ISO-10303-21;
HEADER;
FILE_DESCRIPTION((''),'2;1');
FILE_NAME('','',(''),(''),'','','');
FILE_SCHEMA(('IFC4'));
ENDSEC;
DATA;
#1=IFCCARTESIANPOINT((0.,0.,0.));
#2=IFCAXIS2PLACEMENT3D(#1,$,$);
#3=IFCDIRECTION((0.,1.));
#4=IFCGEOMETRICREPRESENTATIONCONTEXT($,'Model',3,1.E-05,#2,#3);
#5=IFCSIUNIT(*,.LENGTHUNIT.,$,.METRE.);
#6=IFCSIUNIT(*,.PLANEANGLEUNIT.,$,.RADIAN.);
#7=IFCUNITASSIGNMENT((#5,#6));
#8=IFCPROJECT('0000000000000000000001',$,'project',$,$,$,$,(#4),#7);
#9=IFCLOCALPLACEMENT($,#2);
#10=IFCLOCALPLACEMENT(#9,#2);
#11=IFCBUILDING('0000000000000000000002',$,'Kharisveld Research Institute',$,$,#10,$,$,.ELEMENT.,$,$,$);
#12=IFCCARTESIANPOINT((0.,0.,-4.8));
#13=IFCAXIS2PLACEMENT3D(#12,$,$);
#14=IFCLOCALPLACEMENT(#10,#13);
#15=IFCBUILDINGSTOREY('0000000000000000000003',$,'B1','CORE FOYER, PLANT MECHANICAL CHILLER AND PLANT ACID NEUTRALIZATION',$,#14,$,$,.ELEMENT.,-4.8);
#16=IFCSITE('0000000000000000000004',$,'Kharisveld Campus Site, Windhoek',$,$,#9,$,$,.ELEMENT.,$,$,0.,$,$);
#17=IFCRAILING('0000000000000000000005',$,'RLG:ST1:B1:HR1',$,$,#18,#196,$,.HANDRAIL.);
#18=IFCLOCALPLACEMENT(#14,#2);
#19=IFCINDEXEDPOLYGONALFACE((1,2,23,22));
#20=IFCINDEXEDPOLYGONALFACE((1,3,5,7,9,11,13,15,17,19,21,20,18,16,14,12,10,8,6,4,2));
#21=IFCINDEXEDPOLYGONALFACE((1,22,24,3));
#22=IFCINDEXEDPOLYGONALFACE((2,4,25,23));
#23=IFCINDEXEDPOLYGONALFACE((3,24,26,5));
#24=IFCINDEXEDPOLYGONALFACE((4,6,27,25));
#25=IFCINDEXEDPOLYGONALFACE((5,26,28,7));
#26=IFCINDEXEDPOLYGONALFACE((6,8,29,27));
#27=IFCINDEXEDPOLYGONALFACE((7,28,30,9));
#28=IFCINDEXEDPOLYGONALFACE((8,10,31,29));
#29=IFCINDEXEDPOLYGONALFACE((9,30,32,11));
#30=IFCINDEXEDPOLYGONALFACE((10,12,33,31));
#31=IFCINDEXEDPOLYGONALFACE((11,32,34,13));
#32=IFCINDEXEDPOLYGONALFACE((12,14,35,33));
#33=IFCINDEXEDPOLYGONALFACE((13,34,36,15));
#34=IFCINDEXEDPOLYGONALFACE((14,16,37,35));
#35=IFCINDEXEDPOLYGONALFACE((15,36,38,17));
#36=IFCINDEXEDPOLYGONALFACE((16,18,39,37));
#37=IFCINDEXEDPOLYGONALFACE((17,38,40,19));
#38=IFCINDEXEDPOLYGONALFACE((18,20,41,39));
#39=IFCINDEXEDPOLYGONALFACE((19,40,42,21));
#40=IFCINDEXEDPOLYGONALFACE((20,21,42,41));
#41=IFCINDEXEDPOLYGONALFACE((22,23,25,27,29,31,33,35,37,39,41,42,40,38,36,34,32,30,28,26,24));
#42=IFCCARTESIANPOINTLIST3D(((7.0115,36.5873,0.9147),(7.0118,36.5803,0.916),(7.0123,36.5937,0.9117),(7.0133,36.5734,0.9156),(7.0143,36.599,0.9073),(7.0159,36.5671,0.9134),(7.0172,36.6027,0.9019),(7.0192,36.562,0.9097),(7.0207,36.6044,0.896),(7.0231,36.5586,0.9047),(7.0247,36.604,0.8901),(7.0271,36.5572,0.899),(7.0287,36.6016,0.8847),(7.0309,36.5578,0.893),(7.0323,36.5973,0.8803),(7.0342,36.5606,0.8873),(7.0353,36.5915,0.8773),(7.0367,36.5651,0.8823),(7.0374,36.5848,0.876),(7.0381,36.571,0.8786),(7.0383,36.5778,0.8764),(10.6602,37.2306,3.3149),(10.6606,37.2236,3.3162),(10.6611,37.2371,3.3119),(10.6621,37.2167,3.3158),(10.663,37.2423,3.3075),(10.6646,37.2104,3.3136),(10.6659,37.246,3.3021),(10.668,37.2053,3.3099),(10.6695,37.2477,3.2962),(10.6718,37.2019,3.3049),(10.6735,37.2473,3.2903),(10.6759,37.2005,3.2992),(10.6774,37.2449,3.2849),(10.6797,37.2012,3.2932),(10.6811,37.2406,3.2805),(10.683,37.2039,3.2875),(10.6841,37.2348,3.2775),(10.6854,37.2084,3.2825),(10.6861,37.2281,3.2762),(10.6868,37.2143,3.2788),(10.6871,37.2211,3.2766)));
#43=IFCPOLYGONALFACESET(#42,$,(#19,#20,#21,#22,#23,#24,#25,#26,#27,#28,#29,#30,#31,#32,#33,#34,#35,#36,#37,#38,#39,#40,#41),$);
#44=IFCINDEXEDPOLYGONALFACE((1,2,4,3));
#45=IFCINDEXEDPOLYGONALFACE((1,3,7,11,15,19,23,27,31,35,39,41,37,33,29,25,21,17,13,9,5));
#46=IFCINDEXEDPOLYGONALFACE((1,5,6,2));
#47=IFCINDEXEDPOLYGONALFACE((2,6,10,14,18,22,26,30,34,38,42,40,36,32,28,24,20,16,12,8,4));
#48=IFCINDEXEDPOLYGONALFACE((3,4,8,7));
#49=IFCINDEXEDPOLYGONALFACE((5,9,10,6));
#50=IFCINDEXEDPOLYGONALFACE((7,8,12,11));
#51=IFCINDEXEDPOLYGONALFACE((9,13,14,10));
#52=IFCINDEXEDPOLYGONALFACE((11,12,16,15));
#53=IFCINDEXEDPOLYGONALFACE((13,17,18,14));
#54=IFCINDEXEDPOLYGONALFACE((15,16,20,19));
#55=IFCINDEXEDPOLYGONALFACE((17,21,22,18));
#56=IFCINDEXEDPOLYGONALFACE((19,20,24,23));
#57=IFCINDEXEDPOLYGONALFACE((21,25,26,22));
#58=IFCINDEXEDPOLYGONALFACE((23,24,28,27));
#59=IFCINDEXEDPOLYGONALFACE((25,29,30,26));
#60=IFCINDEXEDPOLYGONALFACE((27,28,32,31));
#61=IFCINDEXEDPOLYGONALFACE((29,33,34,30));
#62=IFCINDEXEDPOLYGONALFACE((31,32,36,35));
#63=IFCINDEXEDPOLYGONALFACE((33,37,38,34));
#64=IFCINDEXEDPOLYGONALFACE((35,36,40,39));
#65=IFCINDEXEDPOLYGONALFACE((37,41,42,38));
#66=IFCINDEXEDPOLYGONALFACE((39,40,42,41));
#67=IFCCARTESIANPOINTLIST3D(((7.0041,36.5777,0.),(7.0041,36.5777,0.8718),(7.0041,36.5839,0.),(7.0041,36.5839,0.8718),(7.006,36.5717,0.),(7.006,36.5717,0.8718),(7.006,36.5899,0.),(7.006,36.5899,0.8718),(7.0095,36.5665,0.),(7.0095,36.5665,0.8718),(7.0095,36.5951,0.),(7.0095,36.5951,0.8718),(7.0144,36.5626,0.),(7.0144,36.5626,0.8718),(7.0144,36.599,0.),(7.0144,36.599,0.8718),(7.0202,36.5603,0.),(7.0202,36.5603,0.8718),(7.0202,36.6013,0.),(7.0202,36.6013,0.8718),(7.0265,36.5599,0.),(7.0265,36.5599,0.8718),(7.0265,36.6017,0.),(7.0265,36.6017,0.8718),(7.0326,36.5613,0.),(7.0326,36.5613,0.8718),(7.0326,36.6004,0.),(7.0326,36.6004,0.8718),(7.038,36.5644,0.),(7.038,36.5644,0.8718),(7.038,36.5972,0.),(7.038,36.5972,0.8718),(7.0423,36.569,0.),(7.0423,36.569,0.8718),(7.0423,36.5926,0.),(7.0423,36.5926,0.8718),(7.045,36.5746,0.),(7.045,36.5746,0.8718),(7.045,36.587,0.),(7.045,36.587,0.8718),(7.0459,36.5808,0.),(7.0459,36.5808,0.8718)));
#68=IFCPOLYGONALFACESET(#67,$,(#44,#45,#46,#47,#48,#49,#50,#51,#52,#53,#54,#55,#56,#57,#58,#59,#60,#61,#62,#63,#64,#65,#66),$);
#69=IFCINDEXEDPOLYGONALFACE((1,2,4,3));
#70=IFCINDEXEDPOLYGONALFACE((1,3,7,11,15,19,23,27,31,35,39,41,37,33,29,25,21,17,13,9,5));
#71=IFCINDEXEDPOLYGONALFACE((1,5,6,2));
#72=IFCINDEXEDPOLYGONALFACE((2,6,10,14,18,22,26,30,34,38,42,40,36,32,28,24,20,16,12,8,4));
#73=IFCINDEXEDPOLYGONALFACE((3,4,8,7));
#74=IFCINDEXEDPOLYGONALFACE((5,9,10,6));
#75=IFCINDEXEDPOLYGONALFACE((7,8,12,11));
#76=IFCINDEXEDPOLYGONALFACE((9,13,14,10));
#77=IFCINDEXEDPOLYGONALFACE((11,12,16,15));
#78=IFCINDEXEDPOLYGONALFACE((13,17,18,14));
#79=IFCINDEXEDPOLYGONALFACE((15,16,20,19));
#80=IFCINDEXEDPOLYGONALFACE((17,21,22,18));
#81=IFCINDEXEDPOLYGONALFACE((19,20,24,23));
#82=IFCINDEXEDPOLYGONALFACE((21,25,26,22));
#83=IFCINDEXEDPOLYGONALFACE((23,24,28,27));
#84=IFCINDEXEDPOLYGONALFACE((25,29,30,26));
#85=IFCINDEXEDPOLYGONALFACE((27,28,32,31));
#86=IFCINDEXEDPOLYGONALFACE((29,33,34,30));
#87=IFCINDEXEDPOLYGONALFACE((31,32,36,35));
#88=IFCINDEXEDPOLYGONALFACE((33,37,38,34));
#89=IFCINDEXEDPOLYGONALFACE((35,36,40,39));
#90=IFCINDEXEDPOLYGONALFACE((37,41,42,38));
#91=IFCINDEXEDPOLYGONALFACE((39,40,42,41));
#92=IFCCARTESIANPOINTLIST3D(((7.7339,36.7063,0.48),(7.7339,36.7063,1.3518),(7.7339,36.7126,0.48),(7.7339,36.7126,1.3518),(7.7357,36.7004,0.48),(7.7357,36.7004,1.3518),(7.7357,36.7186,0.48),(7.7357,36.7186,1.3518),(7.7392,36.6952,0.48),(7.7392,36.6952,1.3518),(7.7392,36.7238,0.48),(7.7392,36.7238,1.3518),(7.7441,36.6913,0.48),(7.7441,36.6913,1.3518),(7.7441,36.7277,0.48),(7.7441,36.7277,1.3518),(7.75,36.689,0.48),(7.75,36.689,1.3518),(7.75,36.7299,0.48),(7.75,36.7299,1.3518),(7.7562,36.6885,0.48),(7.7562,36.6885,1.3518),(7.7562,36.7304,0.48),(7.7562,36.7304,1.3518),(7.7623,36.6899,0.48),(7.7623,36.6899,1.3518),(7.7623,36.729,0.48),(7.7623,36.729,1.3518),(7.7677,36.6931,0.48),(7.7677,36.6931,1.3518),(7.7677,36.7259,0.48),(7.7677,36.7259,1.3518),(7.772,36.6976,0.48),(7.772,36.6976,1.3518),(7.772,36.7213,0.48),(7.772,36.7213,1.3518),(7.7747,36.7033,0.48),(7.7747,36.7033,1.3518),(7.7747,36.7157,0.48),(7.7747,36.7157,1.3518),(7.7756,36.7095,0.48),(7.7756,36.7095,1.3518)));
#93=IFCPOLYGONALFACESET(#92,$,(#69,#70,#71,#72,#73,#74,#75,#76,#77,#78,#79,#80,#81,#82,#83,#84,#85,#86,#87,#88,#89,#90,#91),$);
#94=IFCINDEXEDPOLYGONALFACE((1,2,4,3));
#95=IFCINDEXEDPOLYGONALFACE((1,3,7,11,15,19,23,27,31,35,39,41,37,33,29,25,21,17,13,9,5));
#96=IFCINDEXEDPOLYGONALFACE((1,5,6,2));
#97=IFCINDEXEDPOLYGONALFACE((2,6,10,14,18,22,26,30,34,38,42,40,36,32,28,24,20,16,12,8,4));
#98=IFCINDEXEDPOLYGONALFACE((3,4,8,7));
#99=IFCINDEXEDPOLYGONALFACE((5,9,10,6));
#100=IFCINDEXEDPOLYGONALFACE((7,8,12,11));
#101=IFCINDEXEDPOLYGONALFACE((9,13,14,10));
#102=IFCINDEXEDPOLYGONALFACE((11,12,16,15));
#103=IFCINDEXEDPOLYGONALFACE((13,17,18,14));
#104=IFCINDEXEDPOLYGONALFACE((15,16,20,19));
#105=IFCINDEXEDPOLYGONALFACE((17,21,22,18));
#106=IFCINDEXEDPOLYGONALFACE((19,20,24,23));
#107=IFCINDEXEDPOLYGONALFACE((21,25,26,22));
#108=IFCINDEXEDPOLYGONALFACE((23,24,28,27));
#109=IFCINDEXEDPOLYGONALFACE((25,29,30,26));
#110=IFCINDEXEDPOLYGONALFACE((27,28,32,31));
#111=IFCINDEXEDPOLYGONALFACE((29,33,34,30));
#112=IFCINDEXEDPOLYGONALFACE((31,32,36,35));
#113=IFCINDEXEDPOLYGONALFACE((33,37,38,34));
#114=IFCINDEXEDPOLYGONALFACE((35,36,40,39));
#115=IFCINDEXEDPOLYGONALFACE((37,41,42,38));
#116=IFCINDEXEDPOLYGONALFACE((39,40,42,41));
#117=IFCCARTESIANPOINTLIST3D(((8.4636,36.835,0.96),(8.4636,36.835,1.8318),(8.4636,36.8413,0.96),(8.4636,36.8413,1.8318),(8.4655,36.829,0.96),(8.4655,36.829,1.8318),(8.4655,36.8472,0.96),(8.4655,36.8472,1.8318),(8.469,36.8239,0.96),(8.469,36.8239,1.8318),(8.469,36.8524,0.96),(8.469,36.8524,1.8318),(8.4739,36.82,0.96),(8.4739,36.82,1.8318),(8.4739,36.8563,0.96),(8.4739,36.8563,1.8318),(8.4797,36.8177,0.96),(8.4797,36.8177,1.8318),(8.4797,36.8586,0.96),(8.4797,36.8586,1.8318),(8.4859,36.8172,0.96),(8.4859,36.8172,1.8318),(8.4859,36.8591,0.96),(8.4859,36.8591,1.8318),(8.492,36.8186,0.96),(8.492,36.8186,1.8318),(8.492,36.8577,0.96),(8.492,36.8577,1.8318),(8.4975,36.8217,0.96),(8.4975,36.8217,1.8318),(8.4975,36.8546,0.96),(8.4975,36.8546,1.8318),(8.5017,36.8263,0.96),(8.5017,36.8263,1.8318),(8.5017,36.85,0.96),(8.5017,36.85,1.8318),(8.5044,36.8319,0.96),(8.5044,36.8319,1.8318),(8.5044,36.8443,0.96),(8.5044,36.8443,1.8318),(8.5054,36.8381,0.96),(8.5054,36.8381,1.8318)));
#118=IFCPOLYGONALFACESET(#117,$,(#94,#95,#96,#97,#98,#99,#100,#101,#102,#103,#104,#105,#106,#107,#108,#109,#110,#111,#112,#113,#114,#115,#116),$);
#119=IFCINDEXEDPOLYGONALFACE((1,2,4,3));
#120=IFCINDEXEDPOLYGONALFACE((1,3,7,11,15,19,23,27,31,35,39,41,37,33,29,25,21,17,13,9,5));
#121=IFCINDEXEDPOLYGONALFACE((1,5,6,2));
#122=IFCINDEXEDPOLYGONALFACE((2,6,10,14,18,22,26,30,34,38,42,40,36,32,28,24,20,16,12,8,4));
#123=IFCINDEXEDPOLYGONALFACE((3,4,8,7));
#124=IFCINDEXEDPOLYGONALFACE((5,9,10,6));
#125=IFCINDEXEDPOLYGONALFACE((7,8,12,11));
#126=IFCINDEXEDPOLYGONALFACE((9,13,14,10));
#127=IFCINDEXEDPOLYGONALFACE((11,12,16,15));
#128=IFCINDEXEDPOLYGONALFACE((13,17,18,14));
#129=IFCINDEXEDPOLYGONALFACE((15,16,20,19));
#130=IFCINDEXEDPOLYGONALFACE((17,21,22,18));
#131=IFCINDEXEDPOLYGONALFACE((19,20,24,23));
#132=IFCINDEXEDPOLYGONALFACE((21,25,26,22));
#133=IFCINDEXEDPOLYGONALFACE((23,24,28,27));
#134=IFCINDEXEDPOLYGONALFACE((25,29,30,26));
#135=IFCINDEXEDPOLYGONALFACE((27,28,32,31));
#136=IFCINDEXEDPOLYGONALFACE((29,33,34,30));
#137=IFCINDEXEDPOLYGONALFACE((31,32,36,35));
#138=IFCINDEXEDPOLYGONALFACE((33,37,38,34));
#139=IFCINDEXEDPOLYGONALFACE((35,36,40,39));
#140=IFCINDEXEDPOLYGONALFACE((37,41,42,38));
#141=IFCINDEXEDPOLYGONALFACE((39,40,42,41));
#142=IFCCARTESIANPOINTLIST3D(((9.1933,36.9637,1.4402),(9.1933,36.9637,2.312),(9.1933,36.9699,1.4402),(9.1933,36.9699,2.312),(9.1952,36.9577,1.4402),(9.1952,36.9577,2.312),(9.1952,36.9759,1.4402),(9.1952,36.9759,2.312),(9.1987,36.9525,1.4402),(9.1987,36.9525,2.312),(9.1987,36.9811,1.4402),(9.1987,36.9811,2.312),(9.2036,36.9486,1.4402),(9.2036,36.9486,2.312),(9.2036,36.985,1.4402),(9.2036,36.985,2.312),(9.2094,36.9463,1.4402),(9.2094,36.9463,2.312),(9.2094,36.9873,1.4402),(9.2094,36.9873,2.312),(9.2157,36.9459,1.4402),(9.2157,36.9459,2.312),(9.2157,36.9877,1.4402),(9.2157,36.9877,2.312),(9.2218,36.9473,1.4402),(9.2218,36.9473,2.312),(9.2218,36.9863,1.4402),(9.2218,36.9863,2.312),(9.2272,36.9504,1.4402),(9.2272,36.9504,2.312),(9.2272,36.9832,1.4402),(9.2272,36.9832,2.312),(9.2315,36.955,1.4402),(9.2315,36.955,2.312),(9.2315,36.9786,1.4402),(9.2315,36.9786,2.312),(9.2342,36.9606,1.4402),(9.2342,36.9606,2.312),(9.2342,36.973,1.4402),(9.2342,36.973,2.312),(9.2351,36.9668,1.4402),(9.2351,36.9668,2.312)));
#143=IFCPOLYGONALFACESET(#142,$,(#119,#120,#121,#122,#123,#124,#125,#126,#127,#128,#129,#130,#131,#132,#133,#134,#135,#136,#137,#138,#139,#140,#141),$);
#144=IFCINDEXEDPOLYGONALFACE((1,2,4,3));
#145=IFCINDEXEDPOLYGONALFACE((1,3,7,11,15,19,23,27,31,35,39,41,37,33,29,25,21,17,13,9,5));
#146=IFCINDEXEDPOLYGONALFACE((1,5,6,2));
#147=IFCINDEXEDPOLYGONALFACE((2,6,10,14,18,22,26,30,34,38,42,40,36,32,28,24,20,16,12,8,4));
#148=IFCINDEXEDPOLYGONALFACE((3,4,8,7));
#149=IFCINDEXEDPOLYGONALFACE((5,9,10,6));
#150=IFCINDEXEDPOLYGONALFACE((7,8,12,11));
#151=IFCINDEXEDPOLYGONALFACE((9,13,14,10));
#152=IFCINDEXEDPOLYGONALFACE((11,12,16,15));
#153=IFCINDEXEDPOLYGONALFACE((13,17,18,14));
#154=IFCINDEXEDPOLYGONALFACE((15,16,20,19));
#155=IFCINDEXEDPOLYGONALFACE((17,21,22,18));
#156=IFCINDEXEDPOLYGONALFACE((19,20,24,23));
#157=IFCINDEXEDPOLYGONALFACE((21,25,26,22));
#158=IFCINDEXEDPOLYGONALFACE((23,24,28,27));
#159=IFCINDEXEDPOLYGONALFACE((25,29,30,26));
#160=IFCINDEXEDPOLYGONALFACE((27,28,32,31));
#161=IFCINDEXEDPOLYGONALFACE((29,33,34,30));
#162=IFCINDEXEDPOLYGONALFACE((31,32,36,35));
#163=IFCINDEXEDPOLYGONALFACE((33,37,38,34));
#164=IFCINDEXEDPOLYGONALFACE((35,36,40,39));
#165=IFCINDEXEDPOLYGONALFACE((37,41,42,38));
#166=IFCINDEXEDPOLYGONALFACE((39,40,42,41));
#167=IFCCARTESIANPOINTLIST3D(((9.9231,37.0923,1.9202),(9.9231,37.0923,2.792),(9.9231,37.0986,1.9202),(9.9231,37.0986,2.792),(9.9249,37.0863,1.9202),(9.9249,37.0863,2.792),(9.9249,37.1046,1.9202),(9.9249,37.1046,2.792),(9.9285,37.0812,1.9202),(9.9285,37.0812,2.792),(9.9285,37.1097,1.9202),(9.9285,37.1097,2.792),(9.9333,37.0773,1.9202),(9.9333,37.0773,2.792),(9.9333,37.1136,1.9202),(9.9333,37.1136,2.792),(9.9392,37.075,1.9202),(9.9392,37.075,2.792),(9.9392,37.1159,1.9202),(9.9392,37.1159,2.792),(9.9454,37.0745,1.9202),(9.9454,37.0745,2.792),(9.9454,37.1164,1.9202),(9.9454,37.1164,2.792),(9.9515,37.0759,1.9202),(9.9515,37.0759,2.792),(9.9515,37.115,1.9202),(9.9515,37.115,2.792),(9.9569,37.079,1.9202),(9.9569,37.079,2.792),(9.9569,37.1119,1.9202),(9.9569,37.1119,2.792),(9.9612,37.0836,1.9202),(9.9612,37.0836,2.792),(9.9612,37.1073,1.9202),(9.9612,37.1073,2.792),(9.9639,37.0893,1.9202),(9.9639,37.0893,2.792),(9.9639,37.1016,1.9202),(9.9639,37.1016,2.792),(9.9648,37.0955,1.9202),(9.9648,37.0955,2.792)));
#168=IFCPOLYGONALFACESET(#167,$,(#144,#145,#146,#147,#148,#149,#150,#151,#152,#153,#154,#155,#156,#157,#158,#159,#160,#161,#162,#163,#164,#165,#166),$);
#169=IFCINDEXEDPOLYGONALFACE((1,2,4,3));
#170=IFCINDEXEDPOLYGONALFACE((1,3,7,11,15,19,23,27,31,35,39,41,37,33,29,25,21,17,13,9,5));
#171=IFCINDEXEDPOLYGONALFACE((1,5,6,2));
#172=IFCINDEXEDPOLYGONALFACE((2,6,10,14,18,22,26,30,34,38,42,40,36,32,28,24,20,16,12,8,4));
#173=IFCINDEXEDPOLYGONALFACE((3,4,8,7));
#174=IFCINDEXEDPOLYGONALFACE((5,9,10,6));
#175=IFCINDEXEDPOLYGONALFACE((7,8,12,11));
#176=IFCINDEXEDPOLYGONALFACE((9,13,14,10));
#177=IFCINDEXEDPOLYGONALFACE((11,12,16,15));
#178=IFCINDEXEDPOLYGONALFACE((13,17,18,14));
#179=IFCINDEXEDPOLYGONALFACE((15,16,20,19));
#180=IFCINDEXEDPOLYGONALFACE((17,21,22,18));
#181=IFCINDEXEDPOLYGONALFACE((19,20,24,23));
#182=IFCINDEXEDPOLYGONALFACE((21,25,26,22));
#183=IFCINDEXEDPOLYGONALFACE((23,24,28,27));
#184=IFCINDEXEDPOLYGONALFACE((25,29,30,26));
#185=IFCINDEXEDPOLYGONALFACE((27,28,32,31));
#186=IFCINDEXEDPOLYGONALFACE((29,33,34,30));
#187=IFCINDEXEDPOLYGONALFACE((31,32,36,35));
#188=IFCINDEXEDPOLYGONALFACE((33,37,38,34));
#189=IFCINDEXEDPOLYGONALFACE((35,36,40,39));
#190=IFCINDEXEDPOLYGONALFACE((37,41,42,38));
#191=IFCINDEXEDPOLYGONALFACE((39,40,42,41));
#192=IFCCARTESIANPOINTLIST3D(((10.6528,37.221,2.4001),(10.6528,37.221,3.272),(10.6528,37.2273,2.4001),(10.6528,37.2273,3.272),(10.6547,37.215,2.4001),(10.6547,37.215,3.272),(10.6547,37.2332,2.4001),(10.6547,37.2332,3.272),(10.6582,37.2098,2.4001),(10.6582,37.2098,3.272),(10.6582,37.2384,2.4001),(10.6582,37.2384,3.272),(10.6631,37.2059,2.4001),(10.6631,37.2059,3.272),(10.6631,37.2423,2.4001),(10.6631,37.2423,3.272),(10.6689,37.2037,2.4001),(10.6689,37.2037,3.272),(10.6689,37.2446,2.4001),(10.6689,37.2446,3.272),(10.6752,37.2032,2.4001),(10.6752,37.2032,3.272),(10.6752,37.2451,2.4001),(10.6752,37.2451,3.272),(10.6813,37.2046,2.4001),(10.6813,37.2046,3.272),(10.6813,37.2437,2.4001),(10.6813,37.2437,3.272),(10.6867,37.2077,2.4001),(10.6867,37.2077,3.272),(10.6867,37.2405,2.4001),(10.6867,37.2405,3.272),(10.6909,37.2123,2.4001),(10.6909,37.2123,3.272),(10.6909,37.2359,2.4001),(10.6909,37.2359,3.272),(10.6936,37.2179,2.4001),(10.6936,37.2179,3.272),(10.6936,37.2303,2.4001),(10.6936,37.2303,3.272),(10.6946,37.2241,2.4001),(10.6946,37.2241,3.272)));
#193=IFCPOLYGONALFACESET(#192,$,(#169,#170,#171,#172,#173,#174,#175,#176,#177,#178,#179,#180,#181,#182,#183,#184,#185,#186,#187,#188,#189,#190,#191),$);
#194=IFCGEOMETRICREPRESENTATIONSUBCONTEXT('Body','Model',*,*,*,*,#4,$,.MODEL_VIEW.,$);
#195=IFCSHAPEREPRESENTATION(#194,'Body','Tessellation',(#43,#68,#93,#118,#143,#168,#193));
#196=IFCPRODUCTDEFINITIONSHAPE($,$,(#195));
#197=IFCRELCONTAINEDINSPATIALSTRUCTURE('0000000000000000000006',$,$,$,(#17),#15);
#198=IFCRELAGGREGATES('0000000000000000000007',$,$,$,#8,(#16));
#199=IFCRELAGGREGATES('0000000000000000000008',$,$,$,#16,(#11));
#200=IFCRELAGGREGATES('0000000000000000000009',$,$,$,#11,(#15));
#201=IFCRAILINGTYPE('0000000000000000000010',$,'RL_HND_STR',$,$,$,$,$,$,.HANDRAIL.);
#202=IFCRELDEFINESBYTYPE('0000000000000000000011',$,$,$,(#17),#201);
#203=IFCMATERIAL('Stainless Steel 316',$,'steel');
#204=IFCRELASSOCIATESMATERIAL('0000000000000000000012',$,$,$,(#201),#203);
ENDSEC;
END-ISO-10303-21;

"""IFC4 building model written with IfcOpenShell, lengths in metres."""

from ifc_helpers import new_model, si_unit, direction, frame, origin, origin_2d, place, context, subcontext, project, spatial, circle, extrude, material, type_object, element, save


model = new_model("IFC4")

# Units and contexts
model_context = context("Model", 3, precision=1e-05, world=origin(), true_north=direction((0.0, 1.0)))
body_context = subcontext(model_context, "Body", "Model", "MODEL_VIEW")
ifc_project = project(units=[si_unit("LENGTHUNIT", "METRE"), si_unit("PLANEANGLEUNIT", "RADIAN")], contexts=[model_context])

# Site, building, storey
site_placement = place(None, origin())
site = spatial("IfcSite", under=ifc_project, at=site_placement, Name="Kharisveld Campus Site, Windhoek", CompositionType="ELEMENT", RefElevation=0.0)
building_placement = place(site_placement, origin())
building = spatial("IfcBuilding", under=site, at=building_placement, Name="Kharisveld Research Institute", CompositionType="ELEMENT")
storey_placement = place(building_placement, frame((0.0, 0.0, -4.8)))
storey = spatial("IfcBuildingStorey", under=building, at=storey_placement, Name="B1", Description="CORE FOYER, PLANT MECHANICAL CHILLER AND PLANT ACID NEUTRALIZATION", CompositionType="ELEMENT", Elevation=-4.8)

# Railing
ifc_material_1 = material(Name="Stainless Steel 316", Category="steel")
railing_type_1 = type_object("IfcRailingType", Name="RL_HND_STR", PredefinedType="HANDRAIL", material=ifc_material_1)
railing_1_placement = place(storey_placement, frame((7.0249, 36.5808, 0.0)))
element("IfcRailing", 1, at=railing_1_placement, inside=storey, type_object=railing_type_1, Name="RLG:ST1:B1:HR1", PredefinedType="HANDRAIL", context=body_context, shape_type="SweptSolid", body=[
    extrude(circle(Radius=0.0239, at=origin_2d()), frame((0.0, 0.0, 0.896), z_axis=(0.82653, 0.145728, 0.543701), x_axis=(-0.173635, 0.98481, 0.0)), (0.0, 0.0, 1.0), 4.4146),
    extrude(circle(Radius=0.021, at=origin_2d()), origin(), (0.0, 0.0, 1.0), 0.8718),
    extrude(circle(Radius=0.021, at=origin_2d()), frame((0.7297, 0.1287, 0.48)), (0.0, 0.0, 1.0), 0.8718),
    extrude(circle(Radius=0.021, at=origin_2d()), frame((1.4595, 0.2573, 0.96)), (0.0, 0.0, 1.0), 0.8718),
    extrude(circle(Radius=0.021, at=origin_2d()), frame((2.1892, 0.386, 1.4402)), (0.0, 0.0, 1.0), 0.8718),
    extrude(circle(Radius=0.021, at=origin_2d()), frame((2.9189, 0.5146, 1.9202)), (0.0, 0.0, 1.0), 0.8718),
    extrude(circle(Radius=0.021, at=origin_2d()), frame((3.6487, 0.6433, 2.4001)), (0.0, 0.0, 1.0), 0.8718),
])

save(model, "model.ifc")
